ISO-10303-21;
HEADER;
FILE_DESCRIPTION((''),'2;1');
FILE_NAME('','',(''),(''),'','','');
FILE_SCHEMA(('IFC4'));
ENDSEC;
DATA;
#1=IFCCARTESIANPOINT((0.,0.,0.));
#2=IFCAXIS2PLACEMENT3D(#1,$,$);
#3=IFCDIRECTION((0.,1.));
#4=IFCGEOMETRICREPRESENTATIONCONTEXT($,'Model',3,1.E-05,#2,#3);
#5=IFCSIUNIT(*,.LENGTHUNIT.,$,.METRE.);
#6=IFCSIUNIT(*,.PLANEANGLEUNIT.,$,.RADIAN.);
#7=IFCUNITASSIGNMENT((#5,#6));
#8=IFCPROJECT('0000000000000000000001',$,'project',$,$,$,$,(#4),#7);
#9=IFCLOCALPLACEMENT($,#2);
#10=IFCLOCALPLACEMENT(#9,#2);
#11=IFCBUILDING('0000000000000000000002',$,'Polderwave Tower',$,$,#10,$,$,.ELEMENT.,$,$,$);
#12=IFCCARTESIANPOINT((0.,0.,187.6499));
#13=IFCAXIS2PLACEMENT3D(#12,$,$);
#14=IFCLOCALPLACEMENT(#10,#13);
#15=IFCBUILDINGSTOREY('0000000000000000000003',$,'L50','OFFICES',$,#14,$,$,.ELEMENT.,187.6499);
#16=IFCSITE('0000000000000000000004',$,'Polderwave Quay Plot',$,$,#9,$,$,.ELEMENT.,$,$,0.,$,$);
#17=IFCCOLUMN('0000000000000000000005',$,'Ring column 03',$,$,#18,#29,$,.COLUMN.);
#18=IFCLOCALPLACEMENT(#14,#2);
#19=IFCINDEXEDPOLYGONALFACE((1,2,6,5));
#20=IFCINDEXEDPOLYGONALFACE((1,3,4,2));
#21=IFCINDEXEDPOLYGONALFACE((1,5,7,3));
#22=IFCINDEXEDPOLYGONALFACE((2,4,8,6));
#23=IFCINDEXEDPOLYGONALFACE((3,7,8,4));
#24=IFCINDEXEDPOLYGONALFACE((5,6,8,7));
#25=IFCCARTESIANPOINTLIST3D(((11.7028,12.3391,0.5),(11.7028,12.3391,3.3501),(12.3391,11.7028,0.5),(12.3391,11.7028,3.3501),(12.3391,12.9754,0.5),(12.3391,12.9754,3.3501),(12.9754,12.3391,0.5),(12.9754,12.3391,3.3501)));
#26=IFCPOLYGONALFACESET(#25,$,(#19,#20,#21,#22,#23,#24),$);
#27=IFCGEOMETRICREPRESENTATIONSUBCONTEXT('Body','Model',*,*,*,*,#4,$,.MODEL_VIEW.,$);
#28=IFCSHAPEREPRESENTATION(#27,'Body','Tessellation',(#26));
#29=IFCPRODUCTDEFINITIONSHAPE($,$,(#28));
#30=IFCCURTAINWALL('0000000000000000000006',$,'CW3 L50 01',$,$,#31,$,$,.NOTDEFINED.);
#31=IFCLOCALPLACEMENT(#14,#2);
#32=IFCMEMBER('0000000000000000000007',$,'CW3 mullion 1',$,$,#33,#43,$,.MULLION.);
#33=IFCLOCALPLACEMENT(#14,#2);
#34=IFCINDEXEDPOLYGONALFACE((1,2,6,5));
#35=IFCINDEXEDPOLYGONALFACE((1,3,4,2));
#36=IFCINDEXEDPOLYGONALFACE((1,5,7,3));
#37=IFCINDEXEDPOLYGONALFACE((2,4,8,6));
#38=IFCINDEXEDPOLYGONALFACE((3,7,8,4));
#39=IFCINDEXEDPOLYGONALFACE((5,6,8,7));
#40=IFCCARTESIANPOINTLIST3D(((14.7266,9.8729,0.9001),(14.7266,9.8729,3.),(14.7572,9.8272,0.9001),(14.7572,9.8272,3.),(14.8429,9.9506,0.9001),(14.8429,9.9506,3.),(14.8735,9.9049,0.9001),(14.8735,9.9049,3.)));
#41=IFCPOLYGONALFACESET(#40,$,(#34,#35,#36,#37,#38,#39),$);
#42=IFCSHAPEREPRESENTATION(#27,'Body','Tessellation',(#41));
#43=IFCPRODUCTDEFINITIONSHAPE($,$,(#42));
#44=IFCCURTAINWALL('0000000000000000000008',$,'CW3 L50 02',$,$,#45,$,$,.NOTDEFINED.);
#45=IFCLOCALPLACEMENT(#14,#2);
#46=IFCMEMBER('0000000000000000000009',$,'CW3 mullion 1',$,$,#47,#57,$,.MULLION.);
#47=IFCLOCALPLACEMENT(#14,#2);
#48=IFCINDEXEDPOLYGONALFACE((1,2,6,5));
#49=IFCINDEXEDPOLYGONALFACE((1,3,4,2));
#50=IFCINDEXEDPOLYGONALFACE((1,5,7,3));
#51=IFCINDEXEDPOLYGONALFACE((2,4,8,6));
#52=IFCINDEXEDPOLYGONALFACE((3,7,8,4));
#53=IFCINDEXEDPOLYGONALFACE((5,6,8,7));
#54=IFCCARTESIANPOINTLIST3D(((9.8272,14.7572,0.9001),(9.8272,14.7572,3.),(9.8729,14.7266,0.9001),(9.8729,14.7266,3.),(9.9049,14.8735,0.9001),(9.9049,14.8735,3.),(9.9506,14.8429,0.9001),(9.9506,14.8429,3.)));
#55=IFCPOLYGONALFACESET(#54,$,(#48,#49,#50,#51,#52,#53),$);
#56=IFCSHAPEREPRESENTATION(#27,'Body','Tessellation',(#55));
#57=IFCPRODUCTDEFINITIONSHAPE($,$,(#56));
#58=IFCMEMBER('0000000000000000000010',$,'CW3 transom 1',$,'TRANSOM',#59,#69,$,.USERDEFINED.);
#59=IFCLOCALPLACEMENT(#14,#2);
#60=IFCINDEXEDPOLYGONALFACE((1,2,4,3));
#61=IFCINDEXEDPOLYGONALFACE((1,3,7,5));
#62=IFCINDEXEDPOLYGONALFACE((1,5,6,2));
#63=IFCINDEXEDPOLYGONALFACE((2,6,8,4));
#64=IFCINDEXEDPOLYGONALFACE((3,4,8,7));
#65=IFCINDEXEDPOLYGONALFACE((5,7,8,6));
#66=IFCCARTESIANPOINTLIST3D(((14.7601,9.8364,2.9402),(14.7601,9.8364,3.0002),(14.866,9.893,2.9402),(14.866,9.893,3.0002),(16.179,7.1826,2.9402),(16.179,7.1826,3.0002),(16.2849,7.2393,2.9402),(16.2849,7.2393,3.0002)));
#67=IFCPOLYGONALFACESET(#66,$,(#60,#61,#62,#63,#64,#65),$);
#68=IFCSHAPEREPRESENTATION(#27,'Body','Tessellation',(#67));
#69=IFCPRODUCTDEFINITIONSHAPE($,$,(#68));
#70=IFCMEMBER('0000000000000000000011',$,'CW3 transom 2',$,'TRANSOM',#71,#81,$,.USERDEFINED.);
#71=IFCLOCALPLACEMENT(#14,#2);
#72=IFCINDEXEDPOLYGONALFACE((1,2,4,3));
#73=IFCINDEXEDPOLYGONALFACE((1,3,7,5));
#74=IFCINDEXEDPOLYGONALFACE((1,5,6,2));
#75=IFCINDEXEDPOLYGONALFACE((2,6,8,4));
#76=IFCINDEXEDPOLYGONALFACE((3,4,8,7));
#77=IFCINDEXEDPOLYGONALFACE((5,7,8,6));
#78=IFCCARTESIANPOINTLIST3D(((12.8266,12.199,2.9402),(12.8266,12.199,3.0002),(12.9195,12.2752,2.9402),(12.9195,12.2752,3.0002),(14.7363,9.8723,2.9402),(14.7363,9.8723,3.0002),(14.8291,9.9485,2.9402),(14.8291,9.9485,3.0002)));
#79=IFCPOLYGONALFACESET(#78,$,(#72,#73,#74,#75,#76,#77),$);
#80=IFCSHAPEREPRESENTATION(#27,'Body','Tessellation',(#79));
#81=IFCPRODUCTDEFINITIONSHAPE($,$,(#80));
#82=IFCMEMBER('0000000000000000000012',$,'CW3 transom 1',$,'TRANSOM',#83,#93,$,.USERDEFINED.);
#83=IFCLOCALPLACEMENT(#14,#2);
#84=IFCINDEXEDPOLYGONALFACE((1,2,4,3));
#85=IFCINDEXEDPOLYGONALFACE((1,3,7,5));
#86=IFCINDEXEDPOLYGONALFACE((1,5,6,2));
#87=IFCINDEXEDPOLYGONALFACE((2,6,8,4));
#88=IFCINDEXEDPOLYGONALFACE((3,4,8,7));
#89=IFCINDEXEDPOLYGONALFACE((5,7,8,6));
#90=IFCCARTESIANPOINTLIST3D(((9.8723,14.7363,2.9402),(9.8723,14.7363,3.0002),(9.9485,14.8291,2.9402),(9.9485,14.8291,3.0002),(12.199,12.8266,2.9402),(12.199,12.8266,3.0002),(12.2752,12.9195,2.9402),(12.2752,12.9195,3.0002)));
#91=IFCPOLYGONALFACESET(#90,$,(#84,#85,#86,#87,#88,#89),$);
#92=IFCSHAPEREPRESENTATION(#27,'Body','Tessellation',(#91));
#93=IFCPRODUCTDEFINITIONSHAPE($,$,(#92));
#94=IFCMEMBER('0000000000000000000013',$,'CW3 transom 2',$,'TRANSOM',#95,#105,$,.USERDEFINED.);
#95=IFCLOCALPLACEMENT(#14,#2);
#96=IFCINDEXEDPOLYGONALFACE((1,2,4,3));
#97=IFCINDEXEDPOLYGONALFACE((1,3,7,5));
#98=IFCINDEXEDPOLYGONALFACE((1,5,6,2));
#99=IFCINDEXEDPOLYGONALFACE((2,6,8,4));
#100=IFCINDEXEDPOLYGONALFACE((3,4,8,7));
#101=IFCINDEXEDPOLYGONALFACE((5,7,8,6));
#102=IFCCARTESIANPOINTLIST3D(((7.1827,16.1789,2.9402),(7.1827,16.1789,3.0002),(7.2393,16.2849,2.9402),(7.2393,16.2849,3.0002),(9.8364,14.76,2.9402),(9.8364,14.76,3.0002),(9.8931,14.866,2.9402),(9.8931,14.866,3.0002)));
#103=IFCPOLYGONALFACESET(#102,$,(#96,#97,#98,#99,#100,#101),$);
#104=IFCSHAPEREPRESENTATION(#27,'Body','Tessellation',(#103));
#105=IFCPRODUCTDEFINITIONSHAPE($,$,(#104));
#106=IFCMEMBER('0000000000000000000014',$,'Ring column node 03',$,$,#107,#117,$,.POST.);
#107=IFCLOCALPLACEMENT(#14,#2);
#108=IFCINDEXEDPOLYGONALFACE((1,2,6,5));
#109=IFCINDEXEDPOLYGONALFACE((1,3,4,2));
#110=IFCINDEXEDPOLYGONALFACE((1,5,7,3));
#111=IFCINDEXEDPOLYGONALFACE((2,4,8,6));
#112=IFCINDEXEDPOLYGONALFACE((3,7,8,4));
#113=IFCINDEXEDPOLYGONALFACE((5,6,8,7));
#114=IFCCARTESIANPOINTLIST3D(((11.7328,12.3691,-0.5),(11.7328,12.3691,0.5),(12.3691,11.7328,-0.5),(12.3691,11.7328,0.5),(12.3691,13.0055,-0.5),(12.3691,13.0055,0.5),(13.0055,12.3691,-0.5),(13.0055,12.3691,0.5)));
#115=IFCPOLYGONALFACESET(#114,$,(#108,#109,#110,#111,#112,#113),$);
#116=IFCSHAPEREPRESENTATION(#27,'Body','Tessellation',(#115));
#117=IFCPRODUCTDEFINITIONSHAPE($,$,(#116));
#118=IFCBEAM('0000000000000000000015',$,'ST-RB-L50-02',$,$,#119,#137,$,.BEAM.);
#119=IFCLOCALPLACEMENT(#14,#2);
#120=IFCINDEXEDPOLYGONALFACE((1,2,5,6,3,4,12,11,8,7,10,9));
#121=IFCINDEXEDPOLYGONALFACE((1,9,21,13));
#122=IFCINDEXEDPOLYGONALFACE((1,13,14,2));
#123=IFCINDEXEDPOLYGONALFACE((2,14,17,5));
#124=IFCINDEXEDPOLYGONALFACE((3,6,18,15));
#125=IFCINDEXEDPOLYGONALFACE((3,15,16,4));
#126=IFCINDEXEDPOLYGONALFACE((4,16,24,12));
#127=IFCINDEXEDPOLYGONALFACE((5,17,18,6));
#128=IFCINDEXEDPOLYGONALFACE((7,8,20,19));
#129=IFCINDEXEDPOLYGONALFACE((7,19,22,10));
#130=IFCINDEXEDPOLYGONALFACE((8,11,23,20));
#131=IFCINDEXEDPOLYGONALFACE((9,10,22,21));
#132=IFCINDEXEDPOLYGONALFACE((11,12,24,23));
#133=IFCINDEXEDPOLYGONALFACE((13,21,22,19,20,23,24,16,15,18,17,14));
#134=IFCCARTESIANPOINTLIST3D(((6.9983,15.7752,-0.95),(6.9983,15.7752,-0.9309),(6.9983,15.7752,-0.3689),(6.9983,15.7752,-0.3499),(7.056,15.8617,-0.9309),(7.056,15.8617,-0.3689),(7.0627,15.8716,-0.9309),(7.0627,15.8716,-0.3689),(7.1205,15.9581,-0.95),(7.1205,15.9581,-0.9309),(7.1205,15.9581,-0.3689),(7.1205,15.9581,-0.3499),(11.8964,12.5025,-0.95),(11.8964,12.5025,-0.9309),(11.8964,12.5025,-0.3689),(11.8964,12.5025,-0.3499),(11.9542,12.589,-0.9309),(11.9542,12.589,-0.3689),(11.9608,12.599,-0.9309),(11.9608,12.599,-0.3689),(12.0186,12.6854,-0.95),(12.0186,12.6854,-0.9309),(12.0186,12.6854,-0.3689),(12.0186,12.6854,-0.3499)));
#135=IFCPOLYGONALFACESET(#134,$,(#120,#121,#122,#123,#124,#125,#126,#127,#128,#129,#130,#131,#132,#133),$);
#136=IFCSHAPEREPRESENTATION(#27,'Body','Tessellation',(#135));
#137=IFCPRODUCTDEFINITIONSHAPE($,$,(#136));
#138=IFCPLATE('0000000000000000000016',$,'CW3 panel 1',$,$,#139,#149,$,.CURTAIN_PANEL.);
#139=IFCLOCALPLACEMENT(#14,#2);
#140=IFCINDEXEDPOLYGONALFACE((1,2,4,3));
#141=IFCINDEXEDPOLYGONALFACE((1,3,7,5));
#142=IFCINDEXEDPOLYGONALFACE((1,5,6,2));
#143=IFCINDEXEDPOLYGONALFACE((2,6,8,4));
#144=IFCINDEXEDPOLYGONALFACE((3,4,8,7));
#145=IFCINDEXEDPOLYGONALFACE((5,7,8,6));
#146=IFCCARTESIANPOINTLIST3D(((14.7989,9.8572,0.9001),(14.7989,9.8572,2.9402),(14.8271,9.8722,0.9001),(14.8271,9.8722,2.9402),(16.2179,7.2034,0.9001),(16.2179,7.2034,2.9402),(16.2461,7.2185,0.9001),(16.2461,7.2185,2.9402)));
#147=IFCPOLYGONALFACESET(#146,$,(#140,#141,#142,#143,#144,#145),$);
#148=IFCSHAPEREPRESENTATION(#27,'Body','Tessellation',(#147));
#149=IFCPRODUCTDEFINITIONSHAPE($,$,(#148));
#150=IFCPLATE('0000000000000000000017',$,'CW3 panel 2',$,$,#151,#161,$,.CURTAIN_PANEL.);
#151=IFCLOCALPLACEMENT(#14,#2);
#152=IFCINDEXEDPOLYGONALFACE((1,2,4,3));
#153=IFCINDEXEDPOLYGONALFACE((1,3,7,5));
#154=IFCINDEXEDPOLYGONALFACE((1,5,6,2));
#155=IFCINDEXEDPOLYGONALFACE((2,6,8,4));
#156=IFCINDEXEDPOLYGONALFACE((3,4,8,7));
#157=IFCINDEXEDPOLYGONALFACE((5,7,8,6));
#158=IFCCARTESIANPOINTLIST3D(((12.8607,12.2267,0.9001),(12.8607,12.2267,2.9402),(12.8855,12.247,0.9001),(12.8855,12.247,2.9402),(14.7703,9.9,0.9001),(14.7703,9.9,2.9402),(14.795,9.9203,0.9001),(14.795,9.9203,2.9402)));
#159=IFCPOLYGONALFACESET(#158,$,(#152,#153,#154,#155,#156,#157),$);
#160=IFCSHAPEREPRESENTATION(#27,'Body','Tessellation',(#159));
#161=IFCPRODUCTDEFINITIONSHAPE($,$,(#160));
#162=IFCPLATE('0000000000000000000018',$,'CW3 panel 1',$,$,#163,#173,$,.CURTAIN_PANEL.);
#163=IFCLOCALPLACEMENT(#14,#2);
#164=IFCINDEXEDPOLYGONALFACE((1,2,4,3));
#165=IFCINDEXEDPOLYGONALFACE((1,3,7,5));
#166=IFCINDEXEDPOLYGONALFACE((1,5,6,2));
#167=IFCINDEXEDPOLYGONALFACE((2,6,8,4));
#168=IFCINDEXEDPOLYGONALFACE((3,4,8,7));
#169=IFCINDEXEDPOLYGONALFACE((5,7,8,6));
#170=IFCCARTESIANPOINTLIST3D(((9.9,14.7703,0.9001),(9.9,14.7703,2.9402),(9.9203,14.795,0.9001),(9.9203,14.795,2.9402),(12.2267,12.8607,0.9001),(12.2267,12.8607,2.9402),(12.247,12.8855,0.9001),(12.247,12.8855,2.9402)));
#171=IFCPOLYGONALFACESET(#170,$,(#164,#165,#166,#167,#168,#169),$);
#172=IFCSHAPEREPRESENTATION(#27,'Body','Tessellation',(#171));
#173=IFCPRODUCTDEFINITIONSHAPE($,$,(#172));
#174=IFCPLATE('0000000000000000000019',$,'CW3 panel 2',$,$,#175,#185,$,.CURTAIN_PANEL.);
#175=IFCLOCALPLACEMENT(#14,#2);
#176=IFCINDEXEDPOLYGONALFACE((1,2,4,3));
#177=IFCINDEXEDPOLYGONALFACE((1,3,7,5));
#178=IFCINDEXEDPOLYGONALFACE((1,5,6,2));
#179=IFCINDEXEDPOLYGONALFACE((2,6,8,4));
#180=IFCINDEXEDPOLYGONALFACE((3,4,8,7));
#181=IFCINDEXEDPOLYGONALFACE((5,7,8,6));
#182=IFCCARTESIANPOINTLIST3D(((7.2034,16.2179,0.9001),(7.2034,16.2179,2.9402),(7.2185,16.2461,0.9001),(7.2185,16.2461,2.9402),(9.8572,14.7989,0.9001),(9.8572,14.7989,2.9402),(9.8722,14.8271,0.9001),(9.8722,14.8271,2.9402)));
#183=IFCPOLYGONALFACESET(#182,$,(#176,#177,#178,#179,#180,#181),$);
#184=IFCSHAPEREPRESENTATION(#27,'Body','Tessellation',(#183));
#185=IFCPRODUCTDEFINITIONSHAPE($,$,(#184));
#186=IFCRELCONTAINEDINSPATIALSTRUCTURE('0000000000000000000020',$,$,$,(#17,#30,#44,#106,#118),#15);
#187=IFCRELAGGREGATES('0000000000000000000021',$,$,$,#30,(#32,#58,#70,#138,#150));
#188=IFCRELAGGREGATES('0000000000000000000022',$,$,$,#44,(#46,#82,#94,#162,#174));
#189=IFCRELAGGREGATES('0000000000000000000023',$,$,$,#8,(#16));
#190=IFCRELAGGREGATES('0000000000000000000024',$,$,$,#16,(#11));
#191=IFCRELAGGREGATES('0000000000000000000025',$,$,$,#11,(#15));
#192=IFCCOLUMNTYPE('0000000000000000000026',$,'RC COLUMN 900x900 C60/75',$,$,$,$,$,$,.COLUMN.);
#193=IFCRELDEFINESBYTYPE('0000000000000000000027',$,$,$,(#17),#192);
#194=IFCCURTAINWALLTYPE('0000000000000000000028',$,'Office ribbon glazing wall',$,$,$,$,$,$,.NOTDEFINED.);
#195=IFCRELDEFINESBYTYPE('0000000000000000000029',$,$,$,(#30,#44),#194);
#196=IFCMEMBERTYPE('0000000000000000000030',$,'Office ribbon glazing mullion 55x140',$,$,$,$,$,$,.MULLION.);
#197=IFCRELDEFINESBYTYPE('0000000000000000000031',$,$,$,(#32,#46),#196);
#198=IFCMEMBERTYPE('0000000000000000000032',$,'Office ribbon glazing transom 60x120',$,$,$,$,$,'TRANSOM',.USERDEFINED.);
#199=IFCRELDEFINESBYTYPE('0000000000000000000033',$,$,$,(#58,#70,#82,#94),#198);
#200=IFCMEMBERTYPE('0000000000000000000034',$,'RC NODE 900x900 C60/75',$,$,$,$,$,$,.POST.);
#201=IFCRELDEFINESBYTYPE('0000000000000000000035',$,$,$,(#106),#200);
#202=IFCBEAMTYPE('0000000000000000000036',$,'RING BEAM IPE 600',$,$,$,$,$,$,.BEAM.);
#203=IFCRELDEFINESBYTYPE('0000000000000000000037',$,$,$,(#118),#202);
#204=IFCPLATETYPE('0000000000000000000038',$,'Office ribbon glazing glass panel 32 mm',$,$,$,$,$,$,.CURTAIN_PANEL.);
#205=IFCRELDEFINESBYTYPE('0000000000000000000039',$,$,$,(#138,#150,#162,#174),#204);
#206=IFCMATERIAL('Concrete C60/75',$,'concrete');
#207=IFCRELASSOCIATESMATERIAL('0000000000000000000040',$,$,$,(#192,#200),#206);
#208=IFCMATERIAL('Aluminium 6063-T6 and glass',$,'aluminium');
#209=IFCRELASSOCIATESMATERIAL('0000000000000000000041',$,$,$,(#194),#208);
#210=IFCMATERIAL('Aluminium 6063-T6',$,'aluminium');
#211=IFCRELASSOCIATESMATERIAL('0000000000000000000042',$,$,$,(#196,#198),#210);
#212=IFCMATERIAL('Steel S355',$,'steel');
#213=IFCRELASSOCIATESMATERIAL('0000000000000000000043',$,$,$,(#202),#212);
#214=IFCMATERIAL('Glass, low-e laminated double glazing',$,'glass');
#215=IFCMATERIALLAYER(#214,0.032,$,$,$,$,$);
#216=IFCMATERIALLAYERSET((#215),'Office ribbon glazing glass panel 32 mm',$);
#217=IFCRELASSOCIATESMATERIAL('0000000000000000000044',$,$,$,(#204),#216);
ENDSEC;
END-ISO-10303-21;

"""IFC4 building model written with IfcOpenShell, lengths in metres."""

from ifc_helpers import new_model, si_unit, direction, frame, origin, origin_2d, place, context, subcontext, project, spatial, rectangle, i_section, extrude, material, layer, layer_set, material_profile, profile_set, type_object, element, aggregate, save


model = new_model("IFC4")

# Units and contexts
model_context = context("Model", 3, precision=1e-05, world=origin(), true_north=direction((0.0, 1.0)))
body_context = subcontext(model_context, "Body", "Model", "MODEL_VIEW")
ifc_project = project(units=[si_unit("LENGTHUNIT", "METRE"), si_unit("PLANEANGLEUNIT", "RADIAN")], contexts=[model_context])

# Site, building, storey
site_placement = place(None, origin())
site = spatial("IfcSite", under=ifc_project, at=site_placement, Name="Polderwave Quay Plot", CompositionType="ELEMENT", RefElevation=0.0)
building_placement = place(site_placement, origin())
building = spatial("IfcBuilding", under=site, at=building_placement, Name="Polderwave Tower", CompositionType="ELEMENT")
storey_placement = place(building_placement, frame((0.0, 0.0, 187.6499)))
storey = spatial("IfcBuildingStorey", under=building, at=storey_placement, Name="L50", Description="OFFICES", CompositionType="ELEMENT", Elevation=187.6499)

# Column
ifc_material_1 = material(Name="Concrete C60/75", Category="concrete")
ifc_material_profile_1 = material_profile(ifc_material_1, rectangle(XDim=0.8999, YDim=0.8999, at=origin_2d()), Name="RC 900x900")
ifc_profile_set_1 = profile_set([ifc_material_profile_1], Name="Concrete C60/75")
column_type = type_object("IfcColumnType", Name="RC COLUMN 900x900 C60/75", PredefinedType="COLUMN", material=ifc_profile_set_1)
column_placement = place(storey_placement, frame((12.3391, 12.3391, 0.5), z_axis=(0.0, 0.0, 1.0), x_axis=(0.707107, 0.707107, 0.0)))
element("IfcColumn", 1, at=column_placement, inside=storey, type_object=column_type, Name="Ring column 03", PredefinedType="COLUMN", context=body_context, shape_type="SweptSolid", body=[
    extrude(rectangle(XDim=0.8999, YDim=0.8999, at=origin_2d()), origin(), (0.0, 0.0, 1.0), 2.8501),
])

# Curtain walls, members
ifc_material_2 = material(Name="Aluminium 6063-T6 and glass", Category="aluminium")
curtain_wall_type = type_object("IfcCurtainWallType", Name="Office ribbon glazing wall", PredefinedType="NOTDEFINED", material=ifc_material_2)
curtain_wall_1_placement = place(storey_placement, origin())
curtain_wall_1 = element("IfcCurtainWall", 2, at=curtain_wall_1_placement, inside=storey, type_object=curtain_wall_type, Name="CW3 L50 01", PredefinedType="NOTDEFINED")
ifc_material_3 = material(Name="Aluminium 6063-T6", Category="aluminium")
ifc_material_profile_2 = material_profile(ifc_material_3, rectangle(XDim=0.1399, YDim=0.0549, at=origin_2d()), Name="AL 55x140")
ifc_profile_set_2 = profile_set([ifc_material_profile_2], Name="Aluminium 6063-T6")
member_type_1 = type_object("IfcMemberType", Name="Office ribbon glazing mullion 55x140", PredefinedType="MULLION", material=ifc_profile_set_2)
member_1_placement = place(storey_placement, frame((14.8, 9.8889, 0.9001), z_axis=(0.0, 0.0, 1.0), x_axis=(-0.831419, -0.555646, 0.0)))
member_1 = element("IfcMember", 3, at=member_1_placement, type_object=member_type_1, Name="CW3 mullion 1", PredefinedType="MULLION", context=body_context, shape_type="SweptSolid", body=[
    extrude(rectangle(XDim=0.1399, YDim=0.0549, at=origin_2d()), origin(), (0.0, 0.0, 1.0), 2.0999),
])
curtain_wall_2_placement = place(storey_placement, origin())
curtain_wall_2 = element("IfcCurtainWall", 4, at=curtain_wall_2_placement, inside=storey, type_object=curtain_wall_type, Name="CW3 L50 02", PredefinedType="NOTDEFINED")
member_2_placement = place(storey_placement, frame((9.8889, 14.8, 0.9001), z_axis=(0.0, 0.0, 1.0), x_axis=(-0.555646, -0.831419, 0.0)))
member_2 = element("IfcMember", 5, at=member_2_placement, type_object=member_type_1, Name="CW3 mullion 1", PredefinedType="MULLION", context=body_context, shape_type="SweptSolid", body=[
    extrude(rectangle(XDim=0.1399, YDim=0.0549, at=origin_2d()), origin(), (0.0, 0.0, 1.0), 2.0999),
])

# Members
ifc_material_profile_3 = material_profile(ifc_material_3, rectangle(XDim=0.1201, YDim=0.0601, at=origin_2d()), Name="AL 60x120")
ifc_profile_set_3 = profile_set([ifc_material_profile_3], Name="Aluminium 6063-T6")
member_type_2 = type_object("IfcMemberType", Name="Office ribbon glazing transom 60x120", ElementType="TRANSOM", PredefinedType="USERDEFINED", material=ifc_profile_set_3)
member_3_placement = place(storey_placement, frame((16.2319, 7.2109, 2.9702), z_axis=(-0.471514, 0.881858, 0.0), x_axis=(-0.881858, -0.471514, 0.0)))
member_3 = element("IfcMember", 6, at=member_3_placement, type_object=member_type_2, Name="CW3 transom 1", ObjectType="TRANSOM", PredefinedType="USERDEFINED", context=body_context, shape_type="SweptSolid", body=[
    extrude(rectangle(XDim=0.1201, YDim=0.0601, at=origin_2d()), origin(), (0.0, 0.0, 1.0), 3.0093),
])
member_4_placement = place(storey_placement, frame((14.7827, 9.9104, 2.9702), z_axis=(-0.634438, 0.772973, 0.0), x_axis=(-0.772973, -0.634438, 0.0)))
member_4 = element("IfcMember", 7, at=member_4_placement, type_object=member_type_2, Name="CW3 transom 2", ObjectType="TRANSOM", PredefinedType="USERDEFINED", context=body_context, shape_type="SweptSolid", body=[
    extrude(rectangle(XDim=0.1201, YDim=0.0601, at=origin_2d()), origin(), (0.0, 0.0, 1.0), 3.01),
])
member_5_placement = place(storey_placement, frame((12.2371, 12.873, 2.9702), z_axis=(-0.772973, 0.634438, 0.0), x_axis=(-0.634438, -0.772973, 0.0)))
member_5 = element("IfcMember", 8, at=member_5_placement, type_object=member_type_2, Name="CW3 transom 1", ObjectType="TRANSOM", PredefinedType="USERDEFINED", context=body_context, shape_type="SweptSolid", body=[
    extrude(rectangle(XDim=0.1201, YDim=0.0601, at=origin_2d()), origin(), (0.0, 0.0, 1.0), 3.01),
])
member_6_placement = place(storey_placement, frame((9.8647, 14.813, 2.9702), z_axis=(-0.881858, 0.471514, 0.0), x_axis=(-0.471514, -0.881858, 0.0)))
member_6 = element("IfcMember", 9, at=member_6_placement, type_object=member_type_2, Name="CW3 transom 2", ObjectType="TRANSOM", PredefinedType="USERDEFINED", context=body_context, shape_type="SweptSolid", body=[
    extrude(rectangle(XDim=0.1201, YDim=0.0601, at=origin_2d()), origin(), (0.0, 0.0, 1.0), 3.0093),
])
ifc_material_profile_4 = material_profile(ifc_material_1, rectangle(XDim=0.8999, YDim=0.8999, at=origin_2d()), Name="RC 900x900")
ifc_profile_set_4 = profile_set([ifc_material_profile_4], Name="Concrete C60/75")
member_type_3 = type_object("IfcMemberType", Name="RC NODE 900x900 C60/75", PredefinedType="POST", material=ifc_profile_set_4)
member_7_placement = place(storey_placement, frame((12.3691, 12.3691, -0.5), z_axis=(0.0, 0.0, 1.0), x_axis=(0.707107, 0.707107, 0.0)))
element("IfcMember", 10, at=member_7_placement, inside=storey, type_object=member_type_3, Name="Ring column node 03", PredefinedType="POST", context=body_context, shape_type="SweptSolid", body=[
    extrude(rectangle(XDim=0.8999, YDim=0.8999, at=origin_2d()), origin(), (0.0, 0.0, 1.0), 1.0),
])

# Beam
ifc_material_4 = material(Name="Steel S355", Category="steel")
ifc_material_profile_5 = material_profile(ifc_material_4, i_section(OverallWidth=0.22, OverallDepth=0.6001, WebThickness=0.012, FlangeThickness=0.019, at=origin_2d()), Name="IPE 600")
ifc_profile_set_5 = profile_set([ifc_material_profile_5], Name="Steel S355")
beam_type = type_object("IfcBeamType", Name="RING BEAM IPE 600", PredefinedType="BEAM", material=ifc_profile_set_5)
beam_placement = place(storey_placement, frame((11.9575, 12.594, -0.6499), z_axis=(-0.831482, 0.555551, 0.0), x_axis=(-0.555551, -0.831482, 0.0)))
element("IfcBeam", 11, at=beam_placement, inside=storey, type_object=beam_type, Name="ST-RB-L50-02", PredefinedType="BEAM", context=body_context, shape_type="SweptSolid", body=[
    extrude(i_section(OverallWidth=0.22, OverallDepth=0.6001, WebThickness=0.012, FlangeThickness=0.019, at=origin_2d()), origin(), (0.0, 0.0, 1.0), 5.8909),
])

# Plates
ifc_material_5 = material(Name="Glass, low-e laminated double glazing", Category="glass")
ifc_layer_1 = layer(ifc_material_5, 0.032)
ifc_layer_set_1 = layer_set([ifc_layer_1], Name="Office ribbon glazing glass panel 32 mm")
plate_type = type_object("IfcPlateType", Name="Office ribbon glazing glass panel 32 mm", PredefinedType="CURTAIN_PANEL", material=ifc_layer_set_1)
plate_1_placement = place(storey_placement, frame((15.5225, 8.5378, 0.9001), z_axis=(0.0, 0.0, 1.0), x_axis=(-0.471544, 0.881842, 0.0)))
plate_1 = element("IfcPlate", 12, at=plate_1_placement, type_object=plate_type, Name="CW3 panel 1", PredefinedType="CURTAIN_PANEL", context=body_context, shape_type="SweptSolid", body=[
    extrude(rectangle(XDim=3.0093, YDim=0.032, at=origin_2d()), origin(), (0.0, 0.0, 1.0), 2.04),
])
plate_2_placement = place(storey_placement, frame((13.8279, 11.0735, 0.9001), z_axis=(0.0, 0.0, 1.0), x_axis=(-0.634403, 0.773003, 0.0)))
plate_2 = element("IfcPlate", 13, at=plate_2_placement, type_object=plate_type, Name="CW3 panel 2", PredefinedType="CURTAIN_PANEL", context=body_context, shape_type="SweptSolid", body=[
    extrude(rectangle(XDim=3.01, YDim=0.032, at=origin_2d()), origin(), (0.0, 0.0, 1.0), 2.04),
])
aggregate(curtain_wall_1, [member_1, member_3, member_4, plate_1, plate_2])
plate_3_placement = place(storey_placement, frame((11.0735, 13.8279, 0.9001), z_axis=(0.0, 0.0, 1.0), x_axis=(-0.773003, 0.634403, 0.0)))
plate_3 = element("IfcPlate", 14, at=plate_3_placement, type_object=plate_type, Name="CW3 panel 1", PredefinedType="CURTAIN_PANEL", context=body_context, shape_type="SweptSolid", body=[
    extrude(rectangle(XDim=3.01, YDim=0.032, at=origin_2d()), origin(), (0.0, 0.0, 1.0), 2.04),
])
plate_4_placement = place(storey_placement, frame((8.5378, 15.5225, 0.9001), z_axis=(0.0, 0.0, 1.0), x_axis=(-0.881842, 0.471544, 0.0)))
plate_4 = element("IfcPlate", 15, at=plate_4_placement, type_object=plate_type, Name="CW3 panel 2", PredefinedType="CURTAIN_PANEL", context=body_context, shape_type="SweptSolid", body=[
    extrude(rectangle(XDim=3.0093, YDim=0.032, at=origin_2d()), origin(), (0.0, 0.0, 1.0), 2.04),
])
aggregate(curtain_wall_2, [member_2, member_5, member_6, plate_3, plate_4])

save(model, "model.ifc")
